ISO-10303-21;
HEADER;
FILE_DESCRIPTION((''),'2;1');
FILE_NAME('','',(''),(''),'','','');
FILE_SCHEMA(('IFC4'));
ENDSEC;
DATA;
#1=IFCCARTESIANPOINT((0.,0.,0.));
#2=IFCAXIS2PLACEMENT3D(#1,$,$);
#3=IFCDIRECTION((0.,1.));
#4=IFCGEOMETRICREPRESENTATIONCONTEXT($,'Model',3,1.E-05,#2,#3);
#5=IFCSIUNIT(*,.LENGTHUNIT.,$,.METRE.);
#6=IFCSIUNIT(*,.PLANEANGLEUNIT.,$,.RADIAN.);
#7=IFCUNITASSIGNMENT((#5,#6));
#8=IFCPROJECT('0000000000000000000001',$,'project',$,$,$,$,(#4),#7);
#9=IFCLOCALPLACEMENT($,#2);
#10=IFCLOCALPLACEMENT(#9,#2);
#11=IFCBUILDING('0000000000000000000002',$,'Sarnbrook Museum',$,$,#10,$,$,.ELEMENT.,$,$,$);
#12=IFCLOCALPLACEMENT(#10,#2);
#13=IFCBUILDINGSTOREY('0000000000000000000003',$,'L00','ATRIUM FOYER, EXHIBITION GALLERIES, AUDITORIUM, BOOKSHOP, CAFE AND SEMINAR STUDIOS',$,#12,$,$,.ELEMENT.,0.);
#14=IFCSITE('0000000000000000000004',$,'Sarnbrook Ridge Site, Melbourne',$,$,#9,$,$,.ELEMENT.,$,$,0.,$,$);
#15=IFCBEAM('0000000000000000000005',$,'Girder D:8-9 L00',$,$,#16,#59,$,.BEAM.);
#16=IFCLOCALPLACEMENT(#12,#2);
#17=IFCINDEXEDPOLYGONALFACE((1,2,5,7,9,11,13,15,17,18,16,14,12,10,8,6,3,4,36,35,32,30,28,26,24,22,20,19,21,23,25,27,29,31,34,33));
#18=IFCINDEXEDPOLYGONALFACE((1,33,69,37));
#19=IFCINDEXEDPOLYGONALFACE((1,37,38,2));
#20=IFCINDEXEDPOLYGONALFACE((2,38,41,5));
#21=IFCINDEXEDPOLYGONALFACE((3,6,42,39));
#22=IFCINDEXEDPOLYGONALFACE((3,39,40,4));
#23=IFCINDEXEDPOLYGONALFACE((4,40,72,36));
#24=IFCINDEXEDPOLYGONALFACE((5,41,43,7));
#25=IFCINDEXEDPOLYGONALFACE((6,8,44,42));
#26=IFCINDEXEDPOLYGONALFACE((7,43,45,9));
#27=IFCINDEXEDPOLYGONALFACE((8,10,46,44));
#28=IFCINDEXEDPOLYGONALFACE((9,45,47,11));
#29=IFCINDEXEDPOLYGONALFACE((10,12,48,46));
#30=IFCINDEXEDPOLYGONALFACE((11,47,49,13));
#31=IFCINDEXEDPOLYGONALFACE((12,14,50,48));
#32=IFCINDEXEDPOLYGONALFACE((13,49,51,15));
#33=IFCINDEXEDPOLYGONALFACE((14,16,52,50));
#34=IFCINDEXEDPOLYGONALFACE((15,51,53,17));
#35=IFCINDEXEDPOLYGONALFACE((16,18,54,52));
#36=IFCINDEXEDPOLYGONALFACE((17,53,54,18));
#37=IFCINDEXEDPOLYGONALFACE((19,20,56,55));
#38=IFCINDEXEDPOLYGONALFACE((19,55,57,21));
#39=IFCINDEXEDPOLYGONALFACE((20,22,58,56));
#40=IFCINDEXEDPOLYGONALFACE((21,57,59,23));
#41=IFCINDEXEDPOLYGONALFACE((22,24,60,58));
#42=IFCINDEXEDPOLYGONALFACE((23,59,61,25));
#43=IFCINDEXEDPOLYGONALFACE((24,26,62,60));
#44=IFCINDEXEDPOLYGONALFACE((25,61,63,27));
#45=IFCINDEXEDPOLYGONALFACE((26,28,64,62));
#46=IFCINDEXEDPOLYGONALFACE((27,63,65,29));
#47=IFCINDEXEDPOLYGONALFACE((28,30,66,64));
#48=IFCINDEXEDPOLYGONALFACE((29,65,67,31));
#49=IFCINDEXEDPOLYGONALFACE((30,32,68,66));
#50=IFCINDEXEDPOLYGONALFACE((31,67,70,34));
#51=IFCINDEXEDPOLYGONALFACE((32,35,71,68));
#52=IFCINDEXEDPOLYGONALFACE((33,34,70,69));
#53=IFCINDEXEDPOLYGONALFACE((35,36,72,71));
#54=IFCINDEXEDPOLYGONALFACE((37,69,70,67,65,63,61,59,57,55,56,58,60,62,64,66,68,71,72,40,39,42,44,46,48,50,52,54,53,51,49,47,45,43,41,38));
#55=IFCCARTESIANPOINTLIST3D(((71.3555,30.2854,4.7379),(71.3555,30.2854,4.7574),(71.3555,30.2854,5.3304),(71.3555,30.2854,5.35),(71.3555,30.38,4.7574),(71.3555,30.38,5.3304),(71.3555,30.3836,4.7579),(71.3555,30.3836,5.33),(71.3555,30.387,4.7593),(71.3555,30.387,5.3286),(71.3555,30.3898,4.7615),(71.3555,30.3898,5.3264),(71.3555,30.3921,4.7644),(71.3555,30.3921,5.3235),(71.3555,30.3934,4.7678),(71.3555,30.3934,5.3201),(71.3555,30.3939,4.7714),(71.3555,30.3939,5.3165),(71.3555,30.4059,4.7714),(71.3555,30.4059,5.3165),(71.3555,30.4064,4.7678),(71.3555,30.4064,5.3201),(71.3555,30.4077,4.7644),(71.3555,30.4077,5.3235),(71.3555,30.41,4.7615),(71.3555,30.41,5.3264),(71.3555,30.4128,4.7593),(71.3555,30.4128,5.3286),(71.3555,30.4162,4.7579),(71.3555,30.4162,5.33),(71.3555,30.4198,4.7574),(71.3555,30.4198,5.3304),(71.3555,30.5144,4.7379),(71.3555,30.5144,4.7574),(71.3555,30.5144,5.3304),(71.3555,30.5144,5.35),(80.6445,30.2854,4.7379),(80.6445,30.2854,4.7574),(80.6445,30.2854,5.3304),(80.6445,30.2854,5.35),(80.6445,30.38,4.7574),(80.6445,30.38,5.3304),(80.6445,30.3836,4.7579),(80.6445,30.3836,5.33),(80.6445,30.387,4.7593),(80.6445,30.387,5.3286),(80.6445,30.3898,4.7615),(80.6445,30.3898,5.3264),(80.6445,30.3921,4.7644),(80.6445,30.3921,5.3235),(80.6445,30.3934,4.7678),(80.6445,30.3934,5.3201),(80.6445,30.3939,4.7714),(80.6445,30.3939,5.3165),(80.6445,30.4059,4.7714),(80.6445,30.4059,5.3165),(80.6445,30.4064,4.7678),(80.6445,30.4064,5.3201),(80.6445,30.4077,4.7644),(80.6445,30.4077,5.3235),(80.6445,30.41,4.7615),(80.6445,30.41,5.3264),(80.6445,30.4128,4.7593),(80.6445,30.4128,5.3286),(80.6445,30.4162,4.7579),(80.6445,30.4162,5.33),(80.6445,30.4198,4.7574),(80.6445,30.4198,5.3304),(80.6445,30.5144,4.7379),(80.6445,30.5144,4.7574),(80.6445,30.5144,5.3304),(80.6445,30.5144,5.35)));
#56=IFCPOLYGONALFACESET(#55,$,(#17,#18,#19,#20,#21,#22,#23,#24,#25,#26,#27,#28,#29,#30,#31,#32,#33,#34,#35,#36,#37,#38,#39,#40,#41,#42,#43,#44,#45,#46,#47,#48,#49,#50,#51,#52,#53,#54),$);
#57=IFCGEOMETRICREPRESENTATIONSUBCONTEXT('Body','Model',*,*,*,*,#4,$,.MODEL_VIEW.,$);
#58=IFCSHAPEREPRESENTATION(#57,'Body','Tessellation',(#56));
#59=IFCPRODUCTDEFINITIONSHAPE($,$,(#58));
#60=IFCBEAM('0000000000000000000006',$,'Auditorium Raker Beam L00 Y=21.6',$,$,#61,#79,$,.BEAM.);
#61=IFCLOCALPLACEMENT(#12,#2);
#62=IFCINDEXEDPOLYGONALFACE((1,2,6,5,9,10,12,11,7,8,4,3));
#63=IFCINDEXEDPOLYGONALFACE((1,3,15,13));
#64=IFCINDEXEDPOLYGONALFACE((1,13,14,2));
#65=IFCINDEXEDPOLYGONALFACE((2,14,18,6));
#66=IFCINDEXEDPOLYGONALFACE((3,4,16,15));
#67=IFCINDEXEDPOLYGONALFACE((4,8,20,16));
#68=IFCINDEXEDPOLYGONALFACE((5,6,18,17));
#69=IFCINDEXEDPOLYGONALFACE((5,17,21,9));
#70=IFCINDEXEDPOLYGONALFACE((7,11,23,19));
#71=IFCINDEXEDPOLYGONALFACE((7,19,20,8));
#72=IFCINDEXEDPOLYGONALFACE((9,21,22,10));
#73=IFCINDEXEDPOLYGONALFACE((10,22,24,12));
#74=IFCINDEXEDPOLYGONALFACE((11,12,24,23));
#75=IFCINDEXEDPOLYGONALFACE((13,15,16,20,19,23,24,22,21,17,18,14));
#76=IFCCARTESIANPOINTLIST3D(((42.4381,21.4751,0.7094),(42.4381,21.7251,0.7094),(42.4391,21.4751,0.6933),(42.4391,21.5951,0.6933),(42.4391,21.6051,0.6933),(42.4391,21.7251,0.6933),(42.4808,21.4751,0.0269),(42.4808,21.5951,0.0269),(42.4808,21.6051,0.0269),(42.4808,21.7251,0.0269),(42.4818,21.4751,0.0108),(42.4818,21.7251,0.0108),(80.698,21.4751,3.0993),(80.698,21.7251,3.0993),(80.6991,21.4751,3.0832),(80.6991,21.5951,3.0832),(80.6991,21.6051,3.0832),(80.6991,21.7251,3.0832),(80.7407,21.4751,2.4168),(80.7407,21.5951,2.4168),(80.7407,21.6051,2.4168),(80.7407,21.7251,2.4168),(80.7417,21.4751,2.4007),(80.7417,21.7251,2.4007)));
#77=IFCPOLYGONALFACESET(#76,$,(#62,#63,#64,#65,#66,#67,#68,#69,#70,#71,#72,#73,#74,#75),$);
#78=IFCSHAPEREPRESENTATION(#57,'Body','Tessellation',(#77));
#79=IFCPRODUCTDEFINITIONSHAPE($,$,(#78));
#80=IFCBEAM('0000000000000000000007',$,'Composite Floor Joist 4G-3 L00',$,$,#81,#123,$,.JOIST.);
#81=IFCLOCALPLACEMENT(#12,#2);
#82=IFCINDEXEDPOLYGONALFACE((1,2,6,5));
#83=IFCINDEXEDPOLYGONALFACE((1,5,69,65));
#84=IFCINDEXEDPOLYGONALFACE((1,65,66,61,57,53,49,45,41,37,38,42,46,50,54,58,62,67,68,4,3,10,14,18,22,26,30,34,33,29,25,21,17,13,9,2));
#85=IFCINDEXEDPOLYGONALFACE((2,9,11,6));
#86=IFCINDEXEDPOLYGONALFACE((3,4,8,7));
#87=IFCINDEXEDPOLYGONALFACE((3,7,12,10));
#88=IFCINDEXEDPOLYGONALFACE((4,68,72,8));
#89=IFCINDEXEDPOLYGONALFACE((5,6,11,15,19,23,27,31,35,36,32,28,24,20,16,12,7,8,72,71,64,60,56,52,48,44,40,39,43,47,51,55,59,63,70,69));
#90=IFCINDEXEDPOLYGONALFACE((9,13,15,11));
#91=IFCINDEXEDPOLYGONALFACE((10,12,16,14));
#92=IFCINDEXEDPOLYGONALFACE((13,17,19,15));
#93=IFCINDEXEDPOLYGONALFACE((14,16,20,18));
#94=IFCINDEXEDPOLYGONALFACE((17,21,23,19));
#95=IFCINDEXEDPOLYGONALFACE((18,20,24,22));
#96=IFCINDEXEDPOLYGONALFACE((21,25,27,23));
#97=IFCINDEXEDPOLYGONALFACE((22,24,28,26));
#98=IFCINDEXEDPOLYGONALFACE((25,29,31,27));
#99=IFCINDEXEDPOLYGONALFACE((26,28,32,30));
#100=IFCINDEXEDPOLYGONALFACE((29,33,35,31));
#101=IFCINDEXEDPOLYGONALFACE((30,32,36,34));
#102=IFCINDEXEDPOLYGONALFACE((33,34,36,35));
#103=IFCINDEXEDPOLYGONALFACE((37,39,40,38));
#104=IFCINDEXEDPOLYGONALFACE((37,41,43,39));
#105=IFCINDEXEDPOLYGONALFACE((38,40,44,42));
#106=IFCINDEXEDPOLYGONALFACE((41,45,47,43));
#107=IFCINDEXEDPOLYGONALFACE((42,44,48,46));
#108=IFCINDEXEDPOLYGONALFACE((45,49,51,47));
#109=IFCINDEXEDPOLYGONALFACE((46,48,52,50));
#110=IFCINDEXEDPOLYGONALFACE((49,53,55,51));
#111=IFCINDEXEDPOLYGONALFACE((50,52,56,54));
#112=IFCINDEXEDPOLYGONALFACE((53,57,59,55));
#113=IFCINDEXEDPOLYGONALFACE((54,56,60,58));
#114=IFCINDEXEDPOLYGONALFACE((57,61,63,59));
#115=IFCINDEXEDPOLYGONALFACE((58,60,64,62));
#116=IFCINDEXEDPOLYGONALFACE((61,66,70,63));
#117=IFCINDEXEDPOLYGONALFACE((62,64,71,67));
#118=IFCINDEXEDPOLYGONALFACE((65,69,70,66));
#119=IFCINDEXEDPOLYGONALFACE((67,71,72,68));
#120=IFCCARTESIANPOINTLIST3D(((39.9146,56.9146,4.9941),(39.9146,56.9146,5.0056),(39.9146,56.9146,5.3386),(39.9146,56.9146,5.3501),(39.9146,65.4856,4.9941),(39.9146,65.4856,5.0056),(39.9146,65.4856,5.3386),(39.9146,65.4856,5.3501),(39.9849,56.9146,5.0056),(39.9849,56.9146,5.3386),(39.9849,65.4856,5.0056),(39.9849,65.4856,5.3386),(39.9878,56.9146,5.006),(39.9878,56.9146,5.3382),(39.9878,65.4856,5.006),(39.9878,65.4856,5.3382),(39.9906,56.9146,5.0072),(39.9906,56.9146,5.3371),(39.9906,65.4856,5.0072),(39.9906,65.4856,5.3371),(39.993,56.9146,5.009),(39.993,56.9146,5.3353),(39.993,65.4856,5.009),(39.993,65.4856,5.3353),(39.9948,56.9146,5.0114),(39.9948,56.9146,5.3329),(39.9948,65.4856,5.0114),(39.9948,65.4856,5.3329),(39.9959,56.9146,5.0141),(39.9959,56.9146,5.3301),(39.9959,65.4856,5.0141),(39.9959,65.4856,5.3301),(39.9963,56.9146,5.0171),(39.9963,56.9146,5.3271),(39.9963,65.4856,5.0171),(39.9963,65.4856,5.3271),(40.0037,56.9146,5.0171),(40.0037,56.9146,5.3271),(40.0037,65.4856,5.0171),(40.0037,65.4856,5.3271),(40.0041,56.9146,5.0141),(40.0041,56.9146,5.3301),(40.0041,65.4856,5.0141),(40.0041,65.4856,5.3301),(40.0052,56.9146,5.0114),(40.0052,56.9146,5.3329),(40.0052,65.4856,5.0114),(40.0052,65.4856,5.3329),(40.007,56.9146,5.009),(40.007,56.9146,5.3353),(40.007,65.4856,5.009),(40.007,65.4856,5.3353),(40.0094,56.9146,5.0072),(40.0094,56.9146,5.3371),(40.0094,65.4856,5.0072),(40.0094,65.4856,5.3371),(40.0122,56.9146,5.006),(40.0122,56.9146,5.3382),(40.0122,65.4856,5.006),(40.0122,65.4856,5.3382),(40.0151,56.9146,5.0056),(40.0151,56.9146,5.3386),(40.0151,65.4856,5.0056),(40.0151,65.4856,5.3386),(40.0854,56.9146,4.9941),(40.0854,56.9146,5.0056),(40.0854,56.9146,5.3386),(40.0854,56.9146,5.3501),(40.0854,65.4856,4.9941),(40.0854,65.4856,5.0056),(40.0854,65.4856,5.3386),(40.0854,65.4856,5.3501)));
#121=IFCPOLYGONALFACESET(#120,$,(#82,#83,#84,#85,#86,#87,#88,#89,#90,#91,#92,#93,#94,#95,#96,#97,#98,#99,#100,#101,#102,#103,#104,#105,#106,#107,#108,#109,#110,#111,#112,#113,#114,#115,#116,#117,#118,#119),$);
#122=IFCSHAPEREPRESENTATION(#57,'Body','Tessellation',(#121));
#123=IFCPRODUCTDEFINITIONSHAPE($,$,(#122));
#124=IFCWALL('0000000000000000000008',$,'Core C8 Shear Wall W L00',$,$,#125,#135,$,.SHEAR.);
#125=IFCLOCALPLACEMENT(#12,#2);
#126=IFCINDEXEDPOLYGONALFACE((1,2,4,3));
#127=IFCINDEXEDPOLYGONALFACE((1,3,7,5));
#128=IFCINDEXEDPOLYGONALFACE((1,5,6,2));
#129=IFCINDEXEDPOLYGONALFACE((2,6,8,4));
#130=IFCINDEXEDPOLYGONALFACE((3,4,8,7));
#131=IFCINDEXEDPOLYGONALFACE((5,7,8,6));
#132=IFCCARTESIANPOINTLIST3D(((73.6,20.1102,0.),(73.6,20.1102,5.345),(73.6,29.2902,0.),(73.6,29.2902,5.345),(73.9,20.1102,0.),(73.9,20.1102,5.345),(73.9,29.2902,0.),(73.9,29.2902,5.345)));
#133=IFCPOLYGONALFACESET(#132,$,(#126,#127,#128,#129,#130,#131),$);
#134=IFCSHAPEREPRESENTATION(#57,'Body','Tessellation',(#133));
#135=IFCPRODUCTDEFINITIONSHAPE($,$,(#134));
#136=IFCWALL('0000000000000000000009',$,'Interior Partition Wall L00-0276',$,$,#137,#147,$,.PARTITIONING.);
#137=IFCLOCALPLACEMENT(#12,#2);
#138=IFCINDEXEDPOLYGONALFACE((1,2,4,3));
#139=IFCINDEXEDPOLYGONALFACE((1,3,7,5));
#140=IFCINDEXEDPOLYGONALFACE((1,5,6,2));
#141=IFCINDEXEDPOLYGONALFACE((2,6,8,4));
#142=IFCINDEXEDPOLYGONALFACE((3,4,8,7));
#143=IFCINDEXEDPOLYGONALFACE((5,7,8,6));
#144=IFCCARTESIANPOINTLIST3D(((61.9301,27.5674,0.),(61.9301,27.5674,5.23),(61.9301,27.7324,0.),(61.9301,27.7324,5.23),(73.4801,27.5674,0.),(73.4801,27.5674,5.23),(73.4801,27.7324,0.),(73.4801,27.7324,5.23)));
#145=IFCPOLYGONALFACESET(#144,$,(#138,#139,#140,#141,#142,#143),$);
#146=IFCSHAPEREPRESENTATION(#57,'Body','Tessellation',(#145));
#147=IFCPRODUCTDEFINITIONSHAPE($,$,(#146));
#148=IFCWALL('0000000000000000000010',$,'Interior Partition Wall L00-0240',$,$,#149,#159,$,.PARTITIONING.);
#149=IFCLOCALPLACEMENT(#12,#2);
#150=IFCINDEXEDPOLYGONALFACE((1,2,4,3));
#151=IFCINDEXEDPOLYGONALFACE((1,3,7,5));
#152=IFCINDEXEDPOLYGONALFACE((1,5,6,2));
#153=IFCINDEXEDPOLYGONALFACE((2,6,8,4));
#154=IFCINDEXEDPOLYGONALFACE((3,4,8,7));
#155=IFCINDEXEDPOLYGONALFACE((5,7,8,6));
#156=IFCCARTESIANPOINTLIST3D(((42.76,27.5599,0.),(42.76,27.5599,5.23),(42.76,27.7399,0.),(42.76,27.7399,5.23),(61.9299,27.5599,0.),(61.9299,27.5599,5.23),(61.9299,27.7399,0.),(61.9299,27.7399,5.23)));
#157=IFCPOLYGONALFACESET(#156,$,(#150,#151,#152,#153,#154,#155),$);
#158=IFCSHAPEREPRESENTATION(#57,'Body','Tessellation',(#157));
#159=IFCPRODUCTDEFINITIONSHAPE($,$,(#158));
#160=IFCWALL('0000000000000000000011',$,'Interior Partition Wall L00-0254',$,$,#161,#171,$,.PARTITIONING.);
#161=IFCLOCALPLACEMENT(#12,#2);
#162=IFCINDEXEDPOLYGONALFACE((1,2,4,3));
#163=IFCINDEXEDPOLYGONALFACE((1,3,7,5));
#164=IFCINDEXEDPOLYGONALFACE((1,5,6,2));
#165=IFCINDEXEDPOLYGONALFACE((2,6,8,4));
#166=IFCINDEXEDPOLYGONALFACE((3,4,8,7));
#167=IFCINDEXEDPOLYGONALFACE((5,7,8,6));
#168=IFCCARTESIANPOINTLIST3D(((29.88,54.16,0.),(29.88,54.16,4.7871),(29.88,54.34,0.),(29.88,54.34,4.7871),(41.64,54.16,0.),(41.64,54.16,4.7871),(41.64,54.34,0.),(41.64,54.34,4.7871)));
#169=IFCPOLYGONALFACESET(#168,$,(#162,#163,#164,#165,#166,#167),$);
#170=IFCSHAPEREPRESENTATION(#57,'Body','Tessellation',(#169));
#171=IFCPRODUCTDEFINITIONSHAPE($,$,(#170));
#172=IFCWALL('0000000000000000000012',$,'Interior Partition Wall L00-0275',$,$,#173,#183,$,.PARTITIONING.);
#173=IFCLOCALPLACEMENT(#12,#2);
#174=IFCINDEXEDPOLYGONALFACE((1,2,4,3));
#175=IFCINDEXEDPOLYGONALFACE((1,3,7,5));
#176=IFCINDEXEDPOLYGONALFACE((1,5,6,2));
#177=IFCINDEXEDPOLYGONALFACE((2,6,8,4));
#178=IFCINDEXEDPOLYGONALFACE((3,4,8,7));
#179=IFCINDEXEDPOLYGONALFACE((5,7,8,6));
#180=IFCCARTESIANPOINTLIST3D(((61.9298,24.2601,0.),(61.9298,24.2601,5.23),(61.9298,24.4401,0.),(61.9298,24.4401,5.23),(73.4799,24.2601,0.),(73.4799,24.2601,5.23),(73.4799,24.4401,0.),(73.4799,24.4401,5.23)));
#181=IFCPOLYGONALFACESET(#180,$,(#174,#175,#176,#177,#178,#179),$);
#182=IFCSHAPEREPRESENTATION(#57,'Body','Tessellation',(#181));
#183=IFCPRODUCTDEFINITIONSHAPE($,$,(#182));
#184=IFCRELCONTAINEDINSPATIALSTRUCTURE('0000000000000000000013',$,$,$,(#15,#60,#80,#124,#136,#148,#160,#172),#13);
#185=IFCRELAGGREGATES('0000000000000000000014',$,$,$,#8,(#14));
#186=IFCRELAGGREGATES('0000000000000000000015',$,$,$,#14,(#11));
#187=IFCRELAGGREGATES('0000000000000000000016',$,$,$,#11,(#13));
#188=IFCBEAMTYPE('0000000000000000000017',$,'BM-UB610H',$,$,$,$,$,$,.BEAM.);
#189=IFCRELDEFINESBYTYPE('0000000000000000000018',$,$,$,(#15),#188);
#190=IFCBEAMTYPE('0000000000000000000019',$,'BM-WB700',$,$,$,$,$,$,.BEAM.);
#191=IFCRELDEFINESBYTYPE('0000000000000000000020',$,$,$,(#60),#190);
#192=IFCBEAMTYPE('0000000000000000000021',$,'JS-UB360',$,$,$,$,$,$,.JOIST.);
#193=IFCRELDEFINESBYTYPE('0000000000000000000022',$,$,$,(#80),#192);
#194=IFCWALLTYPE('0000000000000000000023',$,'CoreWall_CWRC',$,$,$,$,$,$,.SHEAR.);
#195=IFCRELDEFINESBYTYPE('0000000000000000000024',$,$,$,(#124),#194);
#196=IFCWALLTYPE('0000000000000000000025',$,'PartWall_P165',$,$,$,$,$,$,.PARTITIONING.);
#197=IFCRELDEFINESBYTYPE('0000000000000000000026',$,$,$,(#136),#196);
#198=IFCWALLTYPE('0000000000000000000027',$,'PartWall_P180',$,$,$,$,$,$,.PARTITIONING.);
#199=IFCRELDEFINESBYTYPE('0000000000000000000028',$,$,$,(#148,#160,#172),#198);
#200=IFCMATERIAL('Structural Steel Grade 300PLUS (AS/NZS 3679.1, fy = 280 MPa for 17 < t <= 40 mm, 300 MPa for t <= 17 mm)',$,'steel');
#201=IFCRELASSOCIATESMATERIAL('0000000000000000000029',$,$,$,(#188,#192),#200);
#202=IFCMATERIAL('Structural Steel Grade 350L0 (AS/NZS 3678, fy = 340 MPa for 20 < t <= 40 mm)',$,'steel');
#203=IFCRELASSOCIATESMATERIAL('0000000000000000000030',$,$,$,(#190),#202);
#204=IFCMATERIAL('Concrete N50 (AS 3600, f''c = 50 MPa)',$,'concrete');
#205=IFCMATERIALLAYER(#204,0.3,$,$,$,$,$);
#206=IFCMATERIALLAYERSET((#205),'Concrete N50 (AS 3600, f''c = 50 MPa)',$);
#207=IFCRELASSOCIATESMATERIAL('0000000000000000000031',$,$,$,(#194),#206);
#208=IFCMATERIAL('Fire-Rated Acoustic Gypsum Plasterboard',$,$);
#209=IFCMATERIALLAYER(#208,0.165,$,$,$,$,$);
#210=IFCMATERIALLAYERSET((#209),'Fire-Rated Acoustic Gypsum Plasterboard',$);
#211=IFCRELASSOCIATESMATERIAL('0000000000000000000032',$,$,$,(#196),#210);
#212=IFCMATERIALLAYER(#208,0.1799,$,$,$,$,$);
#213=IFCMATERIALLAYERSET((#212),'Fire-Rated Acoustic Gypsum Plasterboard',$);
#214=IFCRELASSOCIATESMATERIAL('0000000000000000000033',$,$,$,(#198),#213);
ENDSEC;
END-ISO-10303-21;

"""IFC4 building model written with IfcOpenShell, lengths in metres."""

from ifc_helpers import new_model, si_unit, direction, frame, frame_2d, origin, origin_2d, place, context, subcontext, project, spatial, rectangle, i_section, extrude, material, layer, layer_set, material_profile, profile_set, type_object, element, save


model = new_model("IFC4")

# Units and contexts
model_context = context("Model", 3, precision=1e-05, world=origin(), true_north=direction((0.0, 1.0)))
body_context = subcontext(model_context, "Body", "Model", "MODEL_VIEW")
ifc_project = project(units=[si_unit("LENGTHUNIT", "METRE"), si_unit("PLANEANGLEUNIT", "RADIAN")], contexts=[model_context])

# Site, building, storey
site_placement = place(None, origin())
site = spatial("IfcSite", under=ifc_project, at=site_placement, Name="Sarnbrook Ridge Site, Melbourne", CompositionType="ELEMENT", RefElevation=0.0)
building_placement = place(site_placement, origin())
building = spatial("IfcBuilding", under=site, at=building_placement, Name="Sarnbrook Museum", CompositionType="ELEMENT")
storey_placement = place(building_placement, origin())
storey = spatial("IfcBuildingStorey", under=building, at=storey_placement, Name="L00", Description="ATRIUM FOYER, EXHIBITION GALLERIES, AUDITORIUM, BOOKSHOP, CAFE AND SEMINAR STUDIOS", CompositionType="ELEMENT", Elevation=0.0)

# Shared definitions
ifc_material_1 = material(Name="Structural Steel Grade 300PLUS (AS/NZS 3679.1, fy = 280 MPa for 17 < t <= 40 mm, 300 MPa for t <= 17 mm)", Category="steel")

# Beams
ifc_material_profile_1 = material_profile(ifc_material_1, i_section(OverallWidth=0.229, OverallDepth=0.6121, WebThickness=0.012, FlangeThickness=0.0195, FilletRadius=0.0139, at=origin_2d()), Name="610UB125")
ifc_profile_set_1 = profile_set([ifc_material_profile_1], Name="Structural Steel Grade 300PLUS (AS/NZS 3679.1, fy = 280 MPa for 17 < t <= 40 mm, 300 MPa for t <= 17 mm)")
beam_type_1 = type_object("IfcBeamType", Name="BM-UB610H", PredefinedType="BEAM", material=ifc_profile_set_1)
beam_1_placement = place(storey_placement, frame((71.3555, 30.3999, 5.0439), z_axis=(1.0, 0.0, 0.0), x_axis=(0.0, 1.0, 0.0)))
element("IfcBeam", 1, at=beam_1_placement, inside=storey, type_object=beam_type_1, Name="Girder D:8-9 L00", PredefinedType="BEAM", context=body_context, shape_type="SweptSolid", body=[
    extrude(i_section(OverallWidth=0.229, OverallDepth=0.6121, WebThickness=0.012, FlangeThickness=0.0195, FilletRadius=0.0139, at=origin_2d()), origin(), (0.0, 0.0, 1.0), 9.2891),
])
ifc_material_2 = material(Name="Structural Steel Grade 350L0 (AS/NZS 3678, fy = 340 MPa for 20 < t <= 40 mm)", Category="steel")
ifc_material_profile_2 = material_profile(ifc_material_2, i_section(OverallWidth=0.25, OverallDepth=0.7, WebThickness=0.01, FlangeThickness=0.0161, at=origin_2d()), Name="700WB130")
ifc_profile_set_2 = profile_set([ifc_material_profile_2], Name="Structural Steel Grade 350L0 (AS/NZS 3678, fy = 340 MPa for 20 < t <= 40 mm)")
beam_type_2 = type_object("IfcBeamType", Name="BM-WB700", PredefinedType="BEAM", material=ifc_profile_set_2)
beam_2_placement = place(storey_placement, frame((42.46, 21.6001, 0.3601), z_axis=(0.998055, 0.0, 0.062343), x_axis=(0.0, 1.0, 0.0)))
element("IfcBeam", 2, at=beam_2_placement, inside=storey, type_object=beam_type_2, Name="Auditorium Raker Beam L00 Y=21.6", PredefinedType="BEAM", context=body_context, shape_type="SweptSolid", body=[
    extrude(i_section(OverallWidth=0.25, OverallDepth=0.7, WebThickness=0.01, FlangeThickness=0.0161, at=origin_2d()), origin(), (0.0, 0.0, 1.0), 38.3345),
])
ifc_material_profile_3 = material_profile(ifc_material_1, i_section(OverallWidth=0.1709, OverallDepth=0.356, WebThickness=0.0073, FlangeThickness=0.0115, FilletRadius=0.0115, at=origin_2d()), Name="360UB50.7")
ifc_profile_set_3 = profile_set([ifc_material_profile_3], Name="Structural Steel Grade 300PLUS (AS/NZS 3679.1, fy = 280 MPa for 17 < t <= 40 mm, 300 MPa for t <= 17 mm)")
beam_type_3 = type_object("IfcBeamType", Name="JS-UB360", PredefinedType="JOIST", material=ifc_profile_set_3)
beam_3_placement = place(storey_placement, frame((40.0, 56.9146, 5.1721), z_axis=(0.0, 1.0, 0.0), x_axis=(-1.0, 0.0, 0.0)))
element("IfcBeam", 3, at=beam_3_placement, inside=storey, type_object=beam_type_3, Name="Composite Floor Joist 4G-3 L00", PredefinedType="JOIST", context=body_context, shape_type="SweptSolid", body=[
    extrude(i_section(OverallWidth=0.1709, OverallDepth=0.356, WebThickness=0.0073, FlangeThickness=0.0115, FilletRadius=0.0115, at=origin_2d()), origin(), (0.0, 0.0, 1.0), 8.571),
])

# Walls
ifc_material_3 = material(Name="Concrete N50 (AS 3600, f'c = 50 MPa)", Category="concrete")
ifc_layer_1 = layer(ifc_material_3, 0.3)
ifc_layer_set_1 = layer_set([ifc_layer_1], Name="Concrete N50 (AS 3600, f'c = 50 MPa)")
wall_type_1 = type_object("IfcWallType", Name="CoreWall_CWRC", PredefinedType="SHEAR", material=ifc_layer_set_1)
wall_1_placement = place(storey_placement, frame((73.75, 29.29, 0.0), z_axis=(0.0, 0.0, 1.0), x_axis=(0.0, -1.0, 0.0)))
element("IfcWall", 4, at=wall_1_placement, inside=storey, type_object=wall_type_1, Name="Core C8 Shear Wall W L00", PredefinedType="SHEAR", context=body_context, shape_type="SweptSolid", body=[
    extrude(rectangle(XDim=9.1799, YDim=0.3, at=frame_2d((4.5898, 0.0))), origin(), (0.0, 0.0, 1.0), 5.345),
])
ifc_material_4 = material(Name="Fire-Rated Acoustic Gypsum Plasterboard")
ifc_layer_2 = layer(ifc_material_4, 0.165)
ifc_layer_set_2 = layer_set([ifc_layer_2], Name="Fire-Rated Acoustic Gypsum Plasterboard")
wall_type_2 = type_object("IfcWallType", Name="PartWall_P165", PredefinedType="PARTITIONING", material=ifc_layer_set_2)
wall_2_placement = place(storey_placement, frame((73.48, 27.6499, 0.0), z_axis=(0.0, 0.0, 1.0), x_axis=(-1.0, 0.0, 0.0)))
element("IfcWall", 5, at=wall_2_placement, inside=storey, type_object=wall_type_2, Name="Interior Partition Wall L00-0276", PredefinedType="PARTITIONING", context=body_context, shape_type="SweptSolid", body=[
    extrude(rectangle(XDim=11.55, YDim=0.165, at=frame_2d((5.7749, 0.0))), origin(), (0.0, 0.0, 1.0), 5.23),
])
ifc_layer_3 = layer(ifc_material_4, 0.1799)
ifc_layer_set_3 = layer_set([ifc_layer_3], Name="Fire-Rated Acoustic Gypsum Plasterboard")
wall_type_3 = type_object("IfcWallType", Name="PartWall_P180", PredefinedType="PARTITIONING", material=ifc_layer_set_3)
wall_3_placement = place(storey_placement, frame((61.9299, 27.6499, 0.0), z_axis=(0.0, 0.0, 1.0), x_axis=(-1.0, 0.0, 0.0)))
element("IfcWall", 6, at=wall_3_placement, inside=storey, type_object=wall_type_3, Name="Interior Partition Wall L00-0240", PredefinedType="PARTITIONING", context=body_context, shape_type="SweptSolid", body=[
    extrude(rectangle(XDim=19.1699, YDim=0.1799, at=frame_2d((9.585, 0.0))), origin(), (0.0, 0.0, 1.0), 5.23),
])
wall_4_placement = place(storey_placement, frame((41.6399, 54.25, 0.0), z_axis=(0.0, 0.0, 1.0), x_axis=(-1.0, 0.0, 0.0)))
element("IfcWall", 7, at=wall_4_placement, inside=storey, type_object=wall_type_3, Name="Interior Partition Wall L00-0254", PredefinedType="PARTITIONING", context=body_context, shape_type="SweptSolid", body=[
    extrude(rectangle(XDim=11.76, YDim=0.1799, at=frame_2d((5.8799, 0.0))), origin(), (0.0, 0.0, 1.0), 4.7871),
])
wall_5_placement = place(storey_placement, frame((61.9299, 24.3501, 0.0), z_axis=(0.0, 0.0, 1.0), x_axis=(1.0, 0.0, 0.0)))
element("IfcWall", 8, at=wall_5_placement, inside=storey, type_object=wall_type_3, Name="Interior Partition Wall L00-0275", PredefinedType="PARTITIONING", context=body_context, shape_type="SweptSolid", body=[
    extrude(rectangle(XDim=11.55, YDim=0.1799, at=frame_2d((5.7749, 0.0))), origin(), (0.0, 0.0, 1.0), 5.23),
])

save(model, "model.ifc")
